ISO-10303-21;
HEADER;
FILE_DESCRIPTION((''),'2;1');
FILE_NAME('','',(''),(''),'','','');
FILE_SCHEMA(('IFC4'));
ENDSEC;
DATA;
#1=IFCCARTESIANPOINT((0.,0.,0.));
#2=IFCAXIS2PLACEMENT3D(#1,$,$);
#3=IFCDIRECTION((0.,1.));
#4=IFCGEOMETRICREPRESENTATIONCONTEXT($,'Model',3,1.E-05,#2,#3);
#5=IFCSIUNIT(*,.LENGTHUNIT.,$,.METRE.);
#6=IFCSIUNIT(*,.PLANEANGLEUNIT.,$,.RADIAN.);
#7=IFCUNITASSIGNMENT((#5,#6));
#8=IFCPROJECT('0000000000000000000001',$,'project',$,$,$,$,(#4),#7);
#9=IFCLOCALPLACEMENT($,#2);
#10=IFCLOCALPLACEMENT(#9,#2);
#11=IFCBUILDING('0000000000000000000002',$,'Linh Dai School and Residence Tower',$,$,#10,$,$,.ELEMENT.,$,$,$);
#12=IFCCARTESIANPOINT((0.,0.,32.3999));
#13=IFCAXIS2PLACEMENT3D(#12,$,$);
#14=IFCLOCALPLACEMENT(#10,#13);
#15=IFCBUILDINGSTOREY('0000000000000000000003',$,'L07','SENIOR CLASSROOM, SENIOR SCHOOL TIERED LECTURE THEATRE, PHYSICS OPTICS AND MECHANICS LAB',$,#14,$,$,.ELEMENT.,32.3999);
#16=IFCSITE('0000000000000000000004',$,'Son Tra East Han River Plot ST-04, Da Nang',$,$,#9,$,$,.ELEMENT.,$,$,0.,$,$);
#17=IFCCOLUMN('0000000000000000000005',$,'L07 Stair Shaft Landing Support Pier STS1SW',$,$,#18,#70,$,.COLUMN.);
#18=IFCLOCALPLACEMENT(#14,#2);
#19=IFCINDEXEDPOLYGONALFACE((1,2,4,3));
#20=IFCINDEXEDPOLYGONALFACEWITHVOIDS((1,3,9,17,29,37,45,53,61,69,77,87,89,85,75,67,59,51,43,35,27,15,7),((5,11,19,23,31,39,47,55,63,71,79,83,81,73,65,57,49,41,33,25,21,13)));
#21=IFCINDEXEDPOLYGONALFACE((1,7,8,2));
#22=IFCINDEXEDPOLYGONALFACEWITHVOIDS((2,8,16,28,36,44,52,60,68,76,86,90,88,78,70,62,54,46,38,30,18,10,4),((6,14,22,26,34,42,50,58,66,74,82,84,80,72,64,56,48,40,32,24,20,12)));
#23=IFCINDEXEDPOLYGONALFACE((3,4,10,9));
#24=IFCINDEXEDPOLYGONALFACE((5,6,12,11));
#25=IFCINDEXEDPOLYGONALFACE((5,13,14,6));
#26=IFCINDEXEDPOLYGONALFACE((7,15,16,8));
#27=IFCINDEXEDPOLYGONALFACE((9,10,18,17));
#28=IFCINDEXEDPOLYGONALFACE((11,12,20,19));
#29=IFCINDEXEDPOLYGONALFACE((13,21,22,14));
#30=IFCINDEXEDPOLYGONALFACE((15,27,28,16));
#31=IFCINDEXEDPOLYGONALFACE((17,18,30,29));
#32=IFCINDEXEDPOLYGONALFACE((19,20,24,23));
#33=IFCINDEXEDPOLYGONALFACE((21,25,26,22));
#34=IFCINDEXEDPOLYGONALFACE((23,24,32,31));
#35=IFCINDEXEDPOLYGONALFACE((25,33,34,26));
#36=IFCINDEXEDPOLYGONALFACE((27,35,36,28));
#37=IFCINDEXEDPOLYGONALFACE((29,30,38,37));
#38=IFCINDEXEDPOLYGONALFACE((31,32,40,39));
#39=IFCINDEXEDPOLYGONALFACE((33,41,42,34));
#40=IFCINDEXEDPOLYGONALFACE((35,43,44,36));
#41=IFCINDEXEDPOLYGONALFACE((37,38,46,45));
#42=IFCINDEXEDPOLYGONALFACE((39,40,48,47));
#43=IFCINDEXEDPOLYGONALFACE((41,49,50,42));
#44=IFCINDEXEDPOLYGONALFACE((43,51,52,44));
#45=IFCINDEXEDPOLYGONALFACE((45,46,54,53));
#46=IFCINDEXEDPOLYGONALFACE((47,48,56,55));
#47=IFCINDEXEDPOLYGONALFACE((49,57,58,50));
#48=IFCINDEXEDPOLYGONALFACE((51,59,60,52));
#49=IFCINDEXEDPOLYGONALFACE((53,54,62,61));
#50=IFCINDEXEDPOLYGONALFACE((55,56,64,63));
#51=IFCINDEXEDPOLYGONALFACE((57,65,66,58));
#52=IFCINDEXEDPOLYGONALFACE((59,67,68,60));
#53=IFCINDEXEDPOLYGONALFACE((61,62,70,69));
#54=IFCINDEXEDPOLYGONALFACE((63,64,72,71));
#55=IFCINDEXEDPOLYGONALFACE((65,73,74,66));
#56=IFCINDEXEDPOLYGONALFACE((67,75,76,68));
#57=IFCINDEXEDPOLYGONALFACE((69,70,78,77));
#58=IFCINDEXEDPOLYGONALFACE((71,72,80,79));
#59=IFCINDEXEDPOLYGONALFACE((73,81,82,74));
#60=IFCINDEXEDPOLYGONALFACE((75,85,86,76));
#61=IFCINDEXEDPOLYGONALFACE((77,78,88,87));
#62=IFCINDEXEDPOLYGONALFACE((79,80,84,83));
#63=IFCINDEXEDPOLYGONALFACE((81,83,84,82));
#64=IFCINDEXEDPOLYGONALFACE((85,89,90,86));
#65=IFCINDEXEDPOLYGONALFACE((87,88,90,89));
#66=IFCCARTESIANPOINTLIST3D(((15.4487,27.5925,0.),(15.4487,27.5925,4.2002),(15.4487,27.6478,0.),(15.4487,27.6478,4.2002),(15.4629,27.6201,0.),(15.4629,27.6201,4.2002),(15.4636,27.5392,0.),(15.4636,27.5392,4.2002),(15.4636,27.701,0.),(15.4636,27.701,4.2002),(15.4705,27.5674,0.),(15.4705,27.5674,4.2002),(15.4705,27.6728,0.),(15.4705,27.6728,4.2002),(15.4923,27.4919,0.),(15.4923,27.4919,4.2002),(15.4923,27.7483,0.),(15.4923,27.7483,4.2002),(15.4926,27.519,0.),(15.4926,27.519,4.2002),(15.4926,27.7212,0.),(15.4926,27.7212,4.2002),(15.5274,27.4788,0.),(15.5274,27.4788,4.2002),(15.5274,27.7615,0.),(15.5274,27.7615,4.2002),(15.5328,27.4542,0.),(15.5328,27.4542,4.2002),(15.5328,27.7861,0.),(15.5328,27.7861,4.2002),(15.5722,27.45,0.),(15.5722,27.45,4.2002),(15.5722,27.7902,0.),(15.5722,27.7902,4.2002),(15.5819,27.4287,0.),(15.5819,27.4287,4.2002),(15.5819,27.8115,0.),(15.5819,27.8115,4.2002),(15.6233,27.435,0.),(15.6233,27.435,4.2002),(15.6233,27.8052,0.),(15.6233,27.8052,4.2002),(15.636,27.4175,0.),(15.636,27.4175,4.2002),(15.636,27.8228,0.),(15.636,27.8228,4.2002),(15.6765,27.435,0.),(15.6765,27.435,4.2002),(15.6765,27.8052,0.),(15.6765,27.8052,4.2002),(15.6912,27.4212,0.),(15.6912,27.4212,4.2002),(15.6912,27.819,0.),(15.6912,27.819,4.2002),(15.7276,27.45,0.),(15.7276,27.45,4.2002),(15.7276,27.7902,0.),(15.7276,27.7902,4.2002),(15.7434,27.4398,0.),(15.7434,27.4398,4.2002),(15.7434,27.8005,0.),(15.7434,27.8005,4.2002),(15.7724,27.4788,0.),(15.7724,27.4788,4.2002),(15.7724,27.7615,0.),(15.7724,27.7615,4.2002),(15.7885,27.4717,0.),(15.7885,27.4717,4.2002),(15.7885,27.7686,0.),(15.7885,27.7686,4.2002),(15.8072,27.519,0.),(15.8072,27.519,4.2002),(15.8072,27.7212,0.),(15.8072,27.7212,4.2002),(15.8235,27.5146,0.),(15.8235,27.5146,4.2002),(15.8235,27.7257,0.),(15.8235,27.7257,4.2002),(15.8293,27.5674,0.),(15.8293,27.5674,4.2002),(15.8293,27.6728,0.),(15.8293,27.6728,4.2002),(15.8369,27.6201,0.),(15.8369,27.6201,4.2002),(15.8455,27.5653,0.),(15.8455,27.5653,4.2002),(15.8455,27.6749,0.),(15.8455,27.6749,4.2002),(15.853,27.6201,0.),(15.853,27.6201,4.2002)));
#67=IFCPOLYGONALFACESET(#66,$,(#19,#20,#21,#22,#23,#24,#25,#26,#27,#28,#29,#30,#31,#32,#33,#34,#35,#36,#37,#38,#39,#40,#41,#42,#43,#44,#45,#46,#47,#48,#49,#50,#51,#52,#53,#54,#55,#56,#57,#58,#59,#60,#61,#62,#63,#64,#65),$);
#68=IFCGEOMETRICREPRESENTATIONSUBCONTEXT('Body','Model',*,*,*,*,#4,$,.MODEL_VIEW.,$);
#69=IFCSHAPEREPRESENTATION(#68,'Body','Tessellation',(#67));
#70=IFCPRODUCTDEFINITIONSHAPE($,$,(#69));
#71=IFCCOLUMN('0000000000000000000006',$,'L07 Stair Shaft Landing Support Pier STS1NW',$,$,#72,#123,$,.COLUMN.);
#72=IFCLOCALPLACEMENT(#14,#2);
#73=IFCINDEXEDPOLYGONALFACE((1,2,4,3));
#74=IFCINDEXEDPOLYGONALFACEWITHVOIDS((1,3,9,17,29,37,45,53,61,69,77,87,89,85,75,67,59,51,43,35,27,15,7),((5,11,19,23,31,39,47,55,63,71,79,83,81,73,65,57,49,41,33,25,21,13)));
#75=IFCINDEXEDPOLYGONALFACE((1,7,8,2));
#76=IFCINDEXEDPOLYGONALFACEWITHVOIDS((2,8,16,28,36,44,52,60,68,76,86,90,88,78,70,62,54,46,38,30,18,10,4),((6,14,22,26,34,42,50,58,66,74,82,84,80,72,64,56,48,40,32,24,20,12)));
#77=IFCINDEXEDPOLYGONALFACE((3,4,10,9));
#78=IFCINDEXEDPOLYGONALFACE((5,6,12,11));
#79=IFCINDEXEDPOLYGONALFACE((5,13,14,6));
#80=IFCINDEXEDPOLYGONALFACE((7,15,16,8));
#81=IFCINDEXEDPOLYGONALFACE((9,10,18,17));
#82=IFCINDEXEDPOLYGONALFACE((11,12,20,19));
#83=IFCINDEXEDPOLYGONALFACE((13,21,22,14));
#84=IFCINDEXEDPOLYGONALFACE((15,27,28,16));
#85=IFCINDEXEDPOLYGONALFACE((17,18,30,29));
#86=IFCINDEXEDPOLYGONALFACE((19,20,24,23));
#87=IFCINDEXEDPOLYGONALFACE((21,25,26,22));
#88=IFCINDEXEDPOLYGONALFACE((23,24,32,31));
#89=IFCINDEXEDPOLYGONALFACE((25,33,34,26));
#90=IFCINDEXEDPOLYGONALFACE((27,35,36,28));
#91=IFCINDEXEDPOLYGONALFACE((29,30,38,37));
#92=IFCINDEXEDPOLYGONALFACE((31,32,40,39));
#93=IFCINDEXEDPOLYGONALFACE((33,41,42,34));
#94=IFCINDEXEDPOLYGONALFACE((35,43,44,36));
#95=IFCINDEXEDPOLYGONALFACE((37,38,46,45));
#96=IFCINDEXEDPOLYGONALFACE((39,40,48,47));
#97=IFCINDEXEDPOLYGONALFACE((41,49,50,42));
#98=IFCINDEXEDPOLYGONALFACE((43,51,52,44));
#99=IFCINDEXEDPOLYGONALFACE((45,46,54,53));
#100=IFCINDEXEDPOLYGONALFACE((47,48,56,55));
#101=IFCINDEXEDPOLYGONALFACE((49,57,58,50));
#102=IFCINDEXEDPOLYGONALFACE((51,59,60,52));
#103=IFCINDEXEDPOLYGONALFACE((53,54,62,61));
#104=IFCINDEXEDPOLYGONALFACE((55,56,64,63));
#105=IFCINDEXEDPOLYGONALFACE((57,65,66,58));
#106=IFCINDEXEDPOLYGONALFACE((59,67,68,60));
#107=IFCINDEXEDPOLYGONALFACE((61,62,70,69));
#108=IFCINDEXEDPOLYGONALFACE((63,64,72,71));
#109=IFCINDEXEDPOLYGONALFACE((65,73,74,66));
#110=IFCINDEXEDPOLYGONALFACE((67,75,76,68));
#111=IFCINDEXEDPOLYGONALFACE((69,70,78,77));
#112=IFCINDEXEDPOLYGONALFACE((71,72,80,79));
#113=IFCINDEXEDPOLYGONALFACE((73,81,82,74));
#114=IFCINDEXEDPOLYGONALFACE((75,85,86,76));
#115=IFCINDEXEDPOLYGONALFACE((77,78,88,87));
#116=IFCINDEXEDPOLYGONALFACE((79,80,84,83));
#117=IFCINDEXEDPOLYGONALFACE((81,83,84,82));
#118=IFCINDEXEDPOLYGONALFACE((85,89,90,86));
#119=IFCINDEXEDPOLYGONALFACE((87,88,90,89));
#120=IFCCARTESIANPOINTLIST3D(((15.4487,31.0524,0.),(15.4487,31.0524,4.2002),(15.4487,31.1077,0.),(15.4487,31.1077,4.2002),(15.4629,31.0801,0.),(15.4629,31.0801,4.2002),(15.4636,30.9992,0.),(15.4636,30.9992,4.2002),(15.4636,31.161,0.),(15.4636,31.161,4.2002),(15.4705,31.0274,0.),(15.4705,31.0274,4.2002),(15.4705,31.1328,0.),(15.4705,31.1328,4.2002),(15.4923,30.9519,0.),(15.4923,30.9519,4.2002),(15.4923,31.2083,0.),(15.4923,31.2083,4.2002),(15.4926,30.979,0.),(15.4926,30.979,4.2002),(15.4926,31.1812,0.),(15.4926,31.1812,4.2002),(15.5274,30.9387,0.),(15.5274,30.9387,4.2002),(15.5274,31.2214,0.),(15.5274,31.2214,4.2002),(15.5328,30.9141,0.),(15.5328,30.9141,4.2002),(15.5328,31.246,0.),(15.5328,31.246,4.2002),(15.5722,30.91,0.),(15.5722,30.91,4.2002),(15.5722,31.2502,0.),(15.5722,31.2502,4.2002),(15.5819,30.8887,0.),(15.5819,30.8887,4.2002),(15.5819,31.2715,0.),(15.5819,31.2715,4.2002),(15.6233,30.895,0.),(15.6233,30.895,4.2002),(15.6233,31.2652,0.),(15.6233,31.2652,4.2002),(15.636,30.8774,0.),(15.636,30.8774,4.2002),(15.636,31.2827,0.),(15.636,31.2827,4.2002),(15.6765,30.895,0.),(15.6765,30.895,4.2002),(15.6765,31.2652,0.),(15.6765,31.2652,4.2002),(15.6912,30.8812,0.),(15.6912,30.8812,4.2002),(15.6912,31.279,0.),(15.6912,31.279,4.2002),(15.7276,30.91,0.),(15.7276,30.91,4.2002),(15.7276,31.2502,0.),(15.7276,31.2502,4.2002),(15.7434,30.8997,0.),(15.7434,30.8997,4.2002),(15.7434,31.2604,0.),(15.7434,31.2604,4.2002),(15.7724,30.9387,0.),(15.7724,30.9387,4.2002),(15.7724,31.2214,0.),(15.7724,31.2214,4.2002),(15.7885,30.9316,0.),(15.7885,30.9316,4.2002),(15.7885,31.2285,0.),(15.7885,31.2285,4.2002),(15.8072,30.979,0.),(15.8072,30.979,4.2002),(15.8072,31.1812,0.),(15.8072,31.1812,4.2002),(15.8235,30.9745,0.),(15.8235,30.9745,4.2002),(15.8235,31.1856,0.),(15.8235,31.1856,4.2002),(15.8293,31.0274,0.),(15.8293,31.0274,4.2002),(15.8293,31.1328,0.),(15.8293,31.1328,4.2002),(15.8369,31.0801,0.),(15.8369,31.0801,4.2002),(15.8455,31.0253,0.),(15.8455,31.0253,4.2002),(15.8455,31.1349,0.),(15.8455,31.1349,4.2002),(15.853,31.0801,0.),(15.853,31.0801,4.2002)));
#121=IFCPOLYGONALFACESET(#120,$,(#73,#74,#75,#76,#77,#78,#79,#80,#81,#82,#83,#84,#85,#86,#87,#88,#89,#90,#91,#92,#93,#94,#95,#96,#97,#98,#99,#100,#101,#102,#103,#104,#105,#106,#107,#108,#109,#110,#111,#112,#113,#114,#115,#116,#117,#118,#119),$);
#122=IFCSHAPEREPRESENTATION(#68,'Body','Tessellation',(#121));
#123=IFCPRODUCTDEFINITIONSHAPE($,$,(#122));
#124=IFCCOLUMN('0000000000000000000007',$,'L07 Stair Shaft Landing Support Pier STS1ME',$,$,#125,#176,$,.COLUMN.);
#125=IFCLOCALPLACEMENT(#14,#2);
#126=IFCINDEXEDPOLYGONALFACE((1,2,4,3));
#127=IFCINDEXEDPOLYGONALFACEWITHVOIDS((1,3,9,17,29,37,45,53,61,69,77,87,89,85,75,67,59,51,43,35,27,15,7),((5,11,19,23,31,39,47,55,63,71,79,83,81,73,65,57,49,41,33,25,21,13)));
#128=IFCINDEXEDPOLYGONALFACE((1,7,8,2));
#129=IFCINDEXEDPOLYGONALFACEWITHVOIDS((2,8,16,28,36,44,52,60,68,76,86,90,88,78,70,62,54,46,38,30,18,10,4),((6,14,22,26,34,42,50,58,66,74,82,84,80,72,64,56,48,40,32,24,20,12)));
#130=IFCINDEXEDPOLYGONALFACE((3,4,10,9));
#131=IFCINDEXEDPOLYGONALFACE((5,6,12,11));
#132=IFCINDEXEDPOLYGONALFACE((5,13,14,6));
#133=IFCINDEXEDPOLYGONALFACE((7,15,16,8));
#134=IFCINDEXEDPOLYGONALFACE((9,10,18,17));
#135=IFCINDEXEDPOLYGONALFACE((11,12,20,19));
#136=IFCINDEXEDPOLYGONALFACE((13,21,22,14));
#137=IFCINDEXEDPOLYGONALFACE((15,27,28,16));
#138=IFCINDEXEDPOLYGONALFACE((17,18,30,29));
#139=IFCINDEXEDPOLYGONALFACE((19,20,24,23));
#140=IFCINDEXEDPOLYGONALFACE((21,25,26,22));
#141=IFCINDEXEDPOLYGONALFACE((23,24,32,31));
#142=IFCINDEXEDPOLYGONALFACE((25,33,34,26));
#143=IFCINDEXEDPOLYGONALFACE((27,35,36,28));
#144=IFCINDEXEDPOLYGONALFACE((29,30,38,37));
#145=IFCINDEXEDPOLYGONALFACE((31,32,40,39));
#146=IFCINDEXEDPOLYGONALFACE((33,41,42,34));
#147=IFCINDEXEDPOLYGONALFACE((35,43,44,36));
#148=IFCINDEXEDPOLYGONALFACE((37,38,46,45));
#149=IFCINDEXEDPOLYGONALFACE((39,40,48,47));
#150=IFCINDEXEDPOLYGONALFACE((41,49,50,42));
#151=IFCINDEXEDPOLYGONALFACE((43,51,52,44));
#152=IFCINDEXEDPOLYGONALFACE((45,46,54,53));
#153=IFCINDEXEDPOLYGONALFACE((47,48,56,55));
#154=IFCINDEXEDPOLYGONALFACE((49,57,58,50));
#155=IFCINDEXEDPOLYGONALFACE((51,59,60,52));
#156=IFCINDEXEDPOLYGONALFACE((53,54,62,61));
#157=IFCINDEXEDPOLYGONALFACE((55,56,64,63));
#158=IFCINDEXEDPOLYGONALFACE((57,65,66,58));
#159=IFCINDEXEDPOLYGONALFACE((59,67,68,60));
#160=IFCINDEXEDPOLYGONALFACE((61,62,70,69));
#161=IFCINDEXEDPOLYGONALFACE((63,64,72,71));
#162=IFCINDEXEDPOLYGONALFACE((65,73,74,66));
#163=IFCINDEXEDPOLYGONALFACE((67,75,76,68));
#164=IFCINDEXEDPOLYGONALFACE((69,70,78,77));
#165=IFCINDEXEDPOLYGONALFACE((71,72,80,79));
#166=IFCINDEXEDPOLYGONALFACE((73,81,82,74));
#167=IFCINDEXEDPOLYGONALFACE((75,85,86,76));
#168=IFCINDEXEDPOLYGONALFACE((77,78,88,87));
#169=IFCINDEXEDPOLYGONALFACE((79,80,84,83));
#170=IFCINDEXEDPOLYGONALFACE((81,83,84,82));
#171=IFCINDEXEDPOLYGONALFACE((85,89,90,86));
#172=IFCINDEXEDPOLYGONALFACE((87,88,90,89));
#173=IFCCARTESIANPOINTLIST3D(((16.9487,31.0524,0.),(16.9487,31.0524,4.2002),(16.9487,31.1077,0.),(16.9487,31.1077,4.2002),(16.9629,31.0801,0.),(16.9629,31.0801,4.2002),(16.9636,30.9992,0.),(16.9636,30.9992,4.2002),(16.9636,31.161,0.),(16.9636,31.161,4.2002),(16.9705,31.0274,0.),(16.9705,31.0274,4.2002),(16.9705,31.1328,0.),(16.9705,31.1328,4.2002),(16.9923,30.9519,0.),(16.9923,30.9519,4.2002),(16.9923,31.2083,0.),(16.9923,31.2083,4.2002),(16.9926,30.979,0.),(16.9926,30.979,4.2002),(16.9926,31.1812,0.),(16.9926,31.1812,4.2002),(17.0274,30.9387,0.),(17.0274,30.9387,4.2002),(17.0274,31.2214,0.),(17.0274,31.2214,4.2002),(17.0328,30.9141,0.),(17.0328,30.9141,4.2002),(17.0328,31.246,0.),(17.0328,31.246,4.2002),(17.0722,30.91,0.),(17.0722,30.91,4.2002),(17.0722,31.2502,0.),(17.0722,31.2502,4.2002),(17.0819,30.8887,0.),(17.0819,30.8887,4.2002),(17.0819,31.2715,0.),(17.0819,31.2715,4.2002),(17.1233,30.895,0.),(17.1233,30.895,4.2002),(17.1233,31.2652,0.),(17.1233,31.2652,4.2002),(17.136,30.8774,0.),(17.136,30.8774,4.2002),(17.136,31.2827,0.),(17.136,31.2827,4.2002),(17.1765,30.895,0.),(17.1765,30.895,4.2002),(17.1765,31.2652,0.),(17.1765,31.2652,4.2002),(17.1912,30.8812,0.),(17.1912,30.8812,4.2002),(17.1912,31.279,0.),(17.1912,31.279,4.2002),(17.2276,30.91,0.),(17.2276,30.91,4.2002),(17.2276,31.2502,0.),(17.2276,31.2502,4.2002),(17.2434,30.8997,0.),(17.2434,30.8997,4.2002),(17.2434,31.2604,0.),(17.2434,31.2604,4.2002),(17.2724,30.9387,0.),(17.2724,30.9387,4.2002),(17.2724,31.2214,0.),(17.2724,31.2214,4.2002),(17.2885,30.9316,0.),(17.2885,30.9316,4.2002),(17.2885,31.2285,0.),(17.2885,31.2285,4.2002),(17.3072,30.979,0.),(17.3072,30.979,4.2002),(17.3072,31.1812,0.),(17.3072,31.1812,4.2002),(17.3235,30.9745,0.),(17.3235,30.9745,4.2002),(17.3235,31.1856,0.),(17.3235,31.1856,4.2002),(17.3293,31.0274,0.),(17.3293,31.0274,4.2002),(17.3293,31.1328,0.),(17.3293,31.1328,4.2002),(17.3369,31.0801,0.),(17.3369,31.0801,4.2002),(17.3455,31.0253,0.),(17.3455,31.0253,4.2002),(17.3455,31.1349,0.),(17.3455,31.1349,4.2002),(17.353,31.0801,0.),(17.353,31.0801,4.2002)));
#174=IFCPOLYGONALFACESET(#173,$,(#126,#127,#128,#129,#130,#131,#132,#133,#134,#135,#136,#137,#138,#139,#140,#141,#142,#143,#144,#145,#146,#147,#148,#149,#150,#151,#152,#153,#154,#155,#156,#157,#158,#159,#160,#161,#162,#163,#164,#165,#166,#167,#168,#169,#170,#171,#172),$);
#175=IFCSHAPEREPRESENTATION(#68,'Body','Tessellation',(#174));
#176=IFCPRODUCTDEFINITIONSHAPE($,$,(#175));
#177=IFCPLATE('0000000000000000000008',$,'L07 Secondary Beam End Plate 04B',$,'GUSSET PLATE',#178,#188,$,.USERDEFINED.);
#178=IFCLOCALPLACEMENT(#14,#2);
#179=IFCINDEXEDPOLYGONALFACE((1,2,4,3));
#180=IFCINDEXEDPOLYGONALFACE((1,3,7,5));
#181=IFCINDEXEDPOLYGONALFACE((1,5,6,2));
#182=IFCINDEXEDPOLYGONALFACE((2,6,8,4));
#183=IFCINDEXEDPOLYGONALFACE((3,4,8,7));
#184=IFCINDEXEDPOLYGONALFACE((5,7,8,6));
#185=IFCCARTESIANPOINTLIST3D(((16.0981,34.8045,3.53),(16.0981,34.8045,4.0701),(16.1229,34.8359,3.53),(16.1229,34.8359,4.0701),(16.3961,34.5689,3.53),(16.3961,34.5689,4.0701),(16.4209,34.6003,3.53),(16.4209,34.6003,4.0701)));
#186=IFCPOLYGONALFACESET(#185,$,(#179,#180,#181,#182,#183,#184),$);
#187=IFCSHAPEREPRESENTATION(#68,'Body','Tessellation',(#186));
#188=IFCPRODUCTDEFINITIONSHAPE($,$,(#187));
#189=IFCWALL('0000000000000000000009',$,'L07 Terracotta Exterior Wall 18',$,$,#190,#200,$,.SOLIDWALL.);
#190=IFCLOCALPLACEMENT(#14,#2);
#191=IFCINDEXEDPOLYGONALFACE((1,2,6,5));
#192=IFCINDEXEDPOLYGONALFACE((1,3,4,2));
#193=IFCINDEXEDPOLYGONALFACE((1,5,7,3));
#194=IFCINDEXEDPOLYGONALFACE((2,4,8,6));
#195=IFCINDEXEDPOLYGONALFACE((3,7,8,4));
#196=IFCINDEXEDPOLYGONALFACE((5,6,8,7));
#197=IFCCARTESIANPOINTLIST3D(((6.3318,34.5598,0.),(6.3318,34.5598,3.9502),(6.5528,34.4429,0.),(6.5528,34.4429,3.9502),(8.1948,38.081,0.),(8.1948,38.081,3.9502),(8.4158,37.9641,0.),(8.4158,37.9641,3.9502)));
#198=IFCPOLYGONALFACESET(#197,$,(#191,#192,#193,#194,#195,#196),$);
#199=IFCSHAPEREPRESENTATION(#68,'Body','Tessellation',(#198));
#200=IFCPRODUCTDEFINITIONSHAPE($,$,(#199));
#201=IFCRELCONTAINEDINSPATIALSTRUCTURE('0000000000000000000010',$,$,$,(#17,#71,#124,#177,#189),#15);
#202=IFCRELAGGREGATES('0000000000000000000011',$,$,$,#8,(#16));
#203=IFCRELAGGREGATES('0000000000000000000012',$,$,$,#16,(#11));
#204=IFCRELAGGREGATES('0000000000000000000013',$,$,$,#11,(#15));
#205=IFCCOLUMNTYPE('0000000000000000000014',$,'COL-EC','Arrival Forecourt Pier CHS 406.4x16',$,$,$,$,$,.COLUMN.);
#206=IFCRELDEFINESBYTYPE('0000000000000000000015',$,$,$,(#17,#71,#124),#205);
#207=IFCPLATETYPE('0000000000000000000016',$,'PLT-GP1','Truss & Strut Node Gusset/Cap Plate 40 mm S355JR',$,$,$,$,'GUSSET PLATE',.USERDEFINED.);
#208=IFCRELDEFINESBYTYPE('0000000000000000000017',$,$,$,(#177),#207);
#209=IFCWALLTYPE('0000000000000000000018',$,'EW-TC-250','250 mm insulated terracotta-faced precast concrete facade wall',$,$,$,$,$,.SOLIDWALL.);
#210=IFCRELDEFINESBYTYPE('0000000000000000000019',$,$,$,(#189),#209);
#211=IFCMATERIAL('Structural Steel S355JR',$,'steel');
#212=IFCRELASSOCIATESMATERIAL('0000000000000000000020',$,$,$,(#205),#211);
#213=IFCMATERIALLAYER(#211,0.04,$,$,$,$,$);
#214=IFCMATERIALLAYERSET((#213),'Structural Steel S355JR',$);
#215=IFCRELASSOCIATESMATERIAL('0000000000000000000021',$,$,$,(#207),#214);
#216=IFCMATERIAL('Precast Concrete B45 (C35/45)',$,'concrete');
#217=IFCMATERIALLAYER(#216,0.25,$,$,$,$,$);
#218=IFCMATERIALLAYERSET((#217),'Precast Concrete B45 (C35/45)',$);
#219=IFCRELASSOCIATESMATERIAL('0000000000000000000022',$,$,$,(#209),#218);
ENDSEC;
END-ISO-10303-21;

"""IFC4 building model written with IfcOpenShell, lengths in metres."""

from ifc_helpers import new_model, si_unit, direction, frame, frame_2d, origin, origin_2d, place, context, subcontext, project, spatial, rectangle, hollow_circle, extrude, source, transform, mapped, material, layer, layer_set, material_profile, profile_set, type_object, element, save


model = new_model("IFC4")

# Units and contexts
model_context = context("Model", 3, precision=1e-05, world=origin(), true_north=direction((0.0, 1.0)))
body_context = subcontext(model_context, "Body", "Model", "MODEL_VIEW")
ifc_project = project(units=[si_unit("LENGTHUNIT", "METRE"), si_unit("PLANEANGLEUNIT", "RADIAN")], contexts=[model_context])

# Site, building, storey
site_placement = place(None, origin())
site = spatial("IfcSite", under=ifc_project, at=site_placement, Name="Son Tra East Han River Plot ST-04, Da Nang", CompositionType="ELEMENT", RefElevation=0.0)
building_placement = place(site_placement, origin())
building = spatial("IfcBuilding", under=site, at=building_placement, Name="Linh Dai School and Residence Tower", CompositionType="ELEMENT")
storey_placement = place(building_placement, frame((0.0, 0.0, 32.3999)))
storey = spatial("IfcBuildingStorey", under=building, at=storey_placement, Name="L07", Description="SENIOR CLASSROOM, SENIOR SCHOOL TIERED LECTURE THEATRE, PHYSICS OPTICS AND MECHANICS LAB", CompositionType="ELEMENT", Elevation=32.3999)

# Columns
ifc_material_1 = material(Name="Structural Steel S355JR", Category="steel")
ifc_material_profile = material_profile(ifc_material_1, hollow_circle(Radius=0.2031, WallThickness=0.0161, at=origin_2d()), Name="CHS 406.4x16")
ifc_profile_set = profile_set([ifc_material_profile], Name="Structural Steel S355JR")
column_type = type_object("IfcColumnType", Name="COL-EC", Description="Arrival Forecourt Pier CHS 406.4x16", PredefinedType="COLUMN", material=ifc_profile_set)
for number, where, z_axis, x_axis, name in (
    (1, (15.6499, 27.6201, 0.0), (0.0, 0.0, 1.0), (1.0, 0.0, 0.0), "L07 Stair Shaft Landing Support Pier STS1SW"),
    (2, (15.6499, 31.0801, 0.0), (0.0, 0.0, 1.0), (1.0, 0.0, 0.0), "L07 Stair Shaft Landing Support Pier STS1NW"),
    (3, (17.1499, 31.0801, 0.0), (0.0, 0.0, 1.0), (1.0, 0.0, 0.0), "L07 Stair Shaft Landing Support Pier STS1ME"),
):
    element("IfcColumn", number, at=place(storey_placement, frame(where, z_axis=z_axis, x_axis=x_axis)), inside=storey, type_object=column_type, Name=name, PredefinedType="COLUMN", context=body_context, shape_type="SweptSolid", body=[
        extrude(hollow_circle(Radius=0.2031, WallThickness=0.0161, at=origin_2d()), origin(), (0.0, 0.0, 1.0), 4.2002),
    ])

# Plate
ifc_layer_1 = layer(ifc_material_1, 0.04)
ifc_layer_set_1 = layer_set([ifc_layer_1], Name="Structural Steel S355JR")
plate_type = type_object("IfcPlateType", Name="PLT-GP1", Description="Truss & Strut Node Gusset/Cap Plate 40 mm S355JR", ElementType="GUSSET PLATE", PredefinedType="USERDEFINED", material=ifc_layer_set_1)
shared_shape_1 = source(origin(), body_context, "Body", "SweptSolid", [
    extrude(rectangle(XDim=0.04, YDim=0.3799, at=origin_2d()), origin(), (0.0, 0.0, 1.0), 0.54),
])
plate_placement = place(storey_placement, frame((16.2595, 34.7024, 3.53), z_axis=(0.0, 0.0, 1.0), x_axis=(-0.620178, -0.784461, 0.0)))
element("IfcPlate", 4, at=plate_placement, inside=storey, type_object=plate_type, Name="L07 Secondary Beam End Plate 04B", ObjectType="GUSSET PLATE", PredefinedType="USERDEFINED", context=body_context, shape_type="MappedRepresentation", body=[
    mapped(shared_shape_1, transform((0.0, 0.0, 0.0), x_axis=(1.0, 0.0, 0.0), y_axis=(0.0, 1.0, 0.0), z_axis=(0.0, 0.0, 1.0), scale=1.0)),
])

# Wall
ifc_material_2 = material(Name="Precast Concrete B45 (C35/45)", Category="concrete")
ifc_layer_2 = layer(ifc_material_2, 0.25)
ifc_layer_set_2 = layer_set([ifc_layer_2], Name="Precast Concrete B45 (C35/45)")
wall_type_1 = type_object("IfcWallType", Name="EW-TC-250", Description="250 mm insulated terracotta-faced precast concrete facade wall", PredefinedType="SOLIDWALL", material=ifc_layer_set_2)
wall_1_placement = place(storey_placement, frame((6.4424, 34.5015, 0.0), z_axis=(0.0, 0.0, 1.0), x_axis=(0.467662, 0.883907, 0.0)))
element("IfcWall", 5, at=wall_1_placement, inside=storey, type_object=wall_type_1, Name="L07 Terracotta Exterior Wall 18", PredefinedType="SOLIDWALL", context=body_context, shape_type="SweptSolid", body=[
    extrude(rectangle(XDim=3.9836, YDim=0.25, at=frame_2d((1.9917, 0.0))), origin(), (0.0, 0.0, 1.0), 3.9502),
])

save(model, "model.ifc")
